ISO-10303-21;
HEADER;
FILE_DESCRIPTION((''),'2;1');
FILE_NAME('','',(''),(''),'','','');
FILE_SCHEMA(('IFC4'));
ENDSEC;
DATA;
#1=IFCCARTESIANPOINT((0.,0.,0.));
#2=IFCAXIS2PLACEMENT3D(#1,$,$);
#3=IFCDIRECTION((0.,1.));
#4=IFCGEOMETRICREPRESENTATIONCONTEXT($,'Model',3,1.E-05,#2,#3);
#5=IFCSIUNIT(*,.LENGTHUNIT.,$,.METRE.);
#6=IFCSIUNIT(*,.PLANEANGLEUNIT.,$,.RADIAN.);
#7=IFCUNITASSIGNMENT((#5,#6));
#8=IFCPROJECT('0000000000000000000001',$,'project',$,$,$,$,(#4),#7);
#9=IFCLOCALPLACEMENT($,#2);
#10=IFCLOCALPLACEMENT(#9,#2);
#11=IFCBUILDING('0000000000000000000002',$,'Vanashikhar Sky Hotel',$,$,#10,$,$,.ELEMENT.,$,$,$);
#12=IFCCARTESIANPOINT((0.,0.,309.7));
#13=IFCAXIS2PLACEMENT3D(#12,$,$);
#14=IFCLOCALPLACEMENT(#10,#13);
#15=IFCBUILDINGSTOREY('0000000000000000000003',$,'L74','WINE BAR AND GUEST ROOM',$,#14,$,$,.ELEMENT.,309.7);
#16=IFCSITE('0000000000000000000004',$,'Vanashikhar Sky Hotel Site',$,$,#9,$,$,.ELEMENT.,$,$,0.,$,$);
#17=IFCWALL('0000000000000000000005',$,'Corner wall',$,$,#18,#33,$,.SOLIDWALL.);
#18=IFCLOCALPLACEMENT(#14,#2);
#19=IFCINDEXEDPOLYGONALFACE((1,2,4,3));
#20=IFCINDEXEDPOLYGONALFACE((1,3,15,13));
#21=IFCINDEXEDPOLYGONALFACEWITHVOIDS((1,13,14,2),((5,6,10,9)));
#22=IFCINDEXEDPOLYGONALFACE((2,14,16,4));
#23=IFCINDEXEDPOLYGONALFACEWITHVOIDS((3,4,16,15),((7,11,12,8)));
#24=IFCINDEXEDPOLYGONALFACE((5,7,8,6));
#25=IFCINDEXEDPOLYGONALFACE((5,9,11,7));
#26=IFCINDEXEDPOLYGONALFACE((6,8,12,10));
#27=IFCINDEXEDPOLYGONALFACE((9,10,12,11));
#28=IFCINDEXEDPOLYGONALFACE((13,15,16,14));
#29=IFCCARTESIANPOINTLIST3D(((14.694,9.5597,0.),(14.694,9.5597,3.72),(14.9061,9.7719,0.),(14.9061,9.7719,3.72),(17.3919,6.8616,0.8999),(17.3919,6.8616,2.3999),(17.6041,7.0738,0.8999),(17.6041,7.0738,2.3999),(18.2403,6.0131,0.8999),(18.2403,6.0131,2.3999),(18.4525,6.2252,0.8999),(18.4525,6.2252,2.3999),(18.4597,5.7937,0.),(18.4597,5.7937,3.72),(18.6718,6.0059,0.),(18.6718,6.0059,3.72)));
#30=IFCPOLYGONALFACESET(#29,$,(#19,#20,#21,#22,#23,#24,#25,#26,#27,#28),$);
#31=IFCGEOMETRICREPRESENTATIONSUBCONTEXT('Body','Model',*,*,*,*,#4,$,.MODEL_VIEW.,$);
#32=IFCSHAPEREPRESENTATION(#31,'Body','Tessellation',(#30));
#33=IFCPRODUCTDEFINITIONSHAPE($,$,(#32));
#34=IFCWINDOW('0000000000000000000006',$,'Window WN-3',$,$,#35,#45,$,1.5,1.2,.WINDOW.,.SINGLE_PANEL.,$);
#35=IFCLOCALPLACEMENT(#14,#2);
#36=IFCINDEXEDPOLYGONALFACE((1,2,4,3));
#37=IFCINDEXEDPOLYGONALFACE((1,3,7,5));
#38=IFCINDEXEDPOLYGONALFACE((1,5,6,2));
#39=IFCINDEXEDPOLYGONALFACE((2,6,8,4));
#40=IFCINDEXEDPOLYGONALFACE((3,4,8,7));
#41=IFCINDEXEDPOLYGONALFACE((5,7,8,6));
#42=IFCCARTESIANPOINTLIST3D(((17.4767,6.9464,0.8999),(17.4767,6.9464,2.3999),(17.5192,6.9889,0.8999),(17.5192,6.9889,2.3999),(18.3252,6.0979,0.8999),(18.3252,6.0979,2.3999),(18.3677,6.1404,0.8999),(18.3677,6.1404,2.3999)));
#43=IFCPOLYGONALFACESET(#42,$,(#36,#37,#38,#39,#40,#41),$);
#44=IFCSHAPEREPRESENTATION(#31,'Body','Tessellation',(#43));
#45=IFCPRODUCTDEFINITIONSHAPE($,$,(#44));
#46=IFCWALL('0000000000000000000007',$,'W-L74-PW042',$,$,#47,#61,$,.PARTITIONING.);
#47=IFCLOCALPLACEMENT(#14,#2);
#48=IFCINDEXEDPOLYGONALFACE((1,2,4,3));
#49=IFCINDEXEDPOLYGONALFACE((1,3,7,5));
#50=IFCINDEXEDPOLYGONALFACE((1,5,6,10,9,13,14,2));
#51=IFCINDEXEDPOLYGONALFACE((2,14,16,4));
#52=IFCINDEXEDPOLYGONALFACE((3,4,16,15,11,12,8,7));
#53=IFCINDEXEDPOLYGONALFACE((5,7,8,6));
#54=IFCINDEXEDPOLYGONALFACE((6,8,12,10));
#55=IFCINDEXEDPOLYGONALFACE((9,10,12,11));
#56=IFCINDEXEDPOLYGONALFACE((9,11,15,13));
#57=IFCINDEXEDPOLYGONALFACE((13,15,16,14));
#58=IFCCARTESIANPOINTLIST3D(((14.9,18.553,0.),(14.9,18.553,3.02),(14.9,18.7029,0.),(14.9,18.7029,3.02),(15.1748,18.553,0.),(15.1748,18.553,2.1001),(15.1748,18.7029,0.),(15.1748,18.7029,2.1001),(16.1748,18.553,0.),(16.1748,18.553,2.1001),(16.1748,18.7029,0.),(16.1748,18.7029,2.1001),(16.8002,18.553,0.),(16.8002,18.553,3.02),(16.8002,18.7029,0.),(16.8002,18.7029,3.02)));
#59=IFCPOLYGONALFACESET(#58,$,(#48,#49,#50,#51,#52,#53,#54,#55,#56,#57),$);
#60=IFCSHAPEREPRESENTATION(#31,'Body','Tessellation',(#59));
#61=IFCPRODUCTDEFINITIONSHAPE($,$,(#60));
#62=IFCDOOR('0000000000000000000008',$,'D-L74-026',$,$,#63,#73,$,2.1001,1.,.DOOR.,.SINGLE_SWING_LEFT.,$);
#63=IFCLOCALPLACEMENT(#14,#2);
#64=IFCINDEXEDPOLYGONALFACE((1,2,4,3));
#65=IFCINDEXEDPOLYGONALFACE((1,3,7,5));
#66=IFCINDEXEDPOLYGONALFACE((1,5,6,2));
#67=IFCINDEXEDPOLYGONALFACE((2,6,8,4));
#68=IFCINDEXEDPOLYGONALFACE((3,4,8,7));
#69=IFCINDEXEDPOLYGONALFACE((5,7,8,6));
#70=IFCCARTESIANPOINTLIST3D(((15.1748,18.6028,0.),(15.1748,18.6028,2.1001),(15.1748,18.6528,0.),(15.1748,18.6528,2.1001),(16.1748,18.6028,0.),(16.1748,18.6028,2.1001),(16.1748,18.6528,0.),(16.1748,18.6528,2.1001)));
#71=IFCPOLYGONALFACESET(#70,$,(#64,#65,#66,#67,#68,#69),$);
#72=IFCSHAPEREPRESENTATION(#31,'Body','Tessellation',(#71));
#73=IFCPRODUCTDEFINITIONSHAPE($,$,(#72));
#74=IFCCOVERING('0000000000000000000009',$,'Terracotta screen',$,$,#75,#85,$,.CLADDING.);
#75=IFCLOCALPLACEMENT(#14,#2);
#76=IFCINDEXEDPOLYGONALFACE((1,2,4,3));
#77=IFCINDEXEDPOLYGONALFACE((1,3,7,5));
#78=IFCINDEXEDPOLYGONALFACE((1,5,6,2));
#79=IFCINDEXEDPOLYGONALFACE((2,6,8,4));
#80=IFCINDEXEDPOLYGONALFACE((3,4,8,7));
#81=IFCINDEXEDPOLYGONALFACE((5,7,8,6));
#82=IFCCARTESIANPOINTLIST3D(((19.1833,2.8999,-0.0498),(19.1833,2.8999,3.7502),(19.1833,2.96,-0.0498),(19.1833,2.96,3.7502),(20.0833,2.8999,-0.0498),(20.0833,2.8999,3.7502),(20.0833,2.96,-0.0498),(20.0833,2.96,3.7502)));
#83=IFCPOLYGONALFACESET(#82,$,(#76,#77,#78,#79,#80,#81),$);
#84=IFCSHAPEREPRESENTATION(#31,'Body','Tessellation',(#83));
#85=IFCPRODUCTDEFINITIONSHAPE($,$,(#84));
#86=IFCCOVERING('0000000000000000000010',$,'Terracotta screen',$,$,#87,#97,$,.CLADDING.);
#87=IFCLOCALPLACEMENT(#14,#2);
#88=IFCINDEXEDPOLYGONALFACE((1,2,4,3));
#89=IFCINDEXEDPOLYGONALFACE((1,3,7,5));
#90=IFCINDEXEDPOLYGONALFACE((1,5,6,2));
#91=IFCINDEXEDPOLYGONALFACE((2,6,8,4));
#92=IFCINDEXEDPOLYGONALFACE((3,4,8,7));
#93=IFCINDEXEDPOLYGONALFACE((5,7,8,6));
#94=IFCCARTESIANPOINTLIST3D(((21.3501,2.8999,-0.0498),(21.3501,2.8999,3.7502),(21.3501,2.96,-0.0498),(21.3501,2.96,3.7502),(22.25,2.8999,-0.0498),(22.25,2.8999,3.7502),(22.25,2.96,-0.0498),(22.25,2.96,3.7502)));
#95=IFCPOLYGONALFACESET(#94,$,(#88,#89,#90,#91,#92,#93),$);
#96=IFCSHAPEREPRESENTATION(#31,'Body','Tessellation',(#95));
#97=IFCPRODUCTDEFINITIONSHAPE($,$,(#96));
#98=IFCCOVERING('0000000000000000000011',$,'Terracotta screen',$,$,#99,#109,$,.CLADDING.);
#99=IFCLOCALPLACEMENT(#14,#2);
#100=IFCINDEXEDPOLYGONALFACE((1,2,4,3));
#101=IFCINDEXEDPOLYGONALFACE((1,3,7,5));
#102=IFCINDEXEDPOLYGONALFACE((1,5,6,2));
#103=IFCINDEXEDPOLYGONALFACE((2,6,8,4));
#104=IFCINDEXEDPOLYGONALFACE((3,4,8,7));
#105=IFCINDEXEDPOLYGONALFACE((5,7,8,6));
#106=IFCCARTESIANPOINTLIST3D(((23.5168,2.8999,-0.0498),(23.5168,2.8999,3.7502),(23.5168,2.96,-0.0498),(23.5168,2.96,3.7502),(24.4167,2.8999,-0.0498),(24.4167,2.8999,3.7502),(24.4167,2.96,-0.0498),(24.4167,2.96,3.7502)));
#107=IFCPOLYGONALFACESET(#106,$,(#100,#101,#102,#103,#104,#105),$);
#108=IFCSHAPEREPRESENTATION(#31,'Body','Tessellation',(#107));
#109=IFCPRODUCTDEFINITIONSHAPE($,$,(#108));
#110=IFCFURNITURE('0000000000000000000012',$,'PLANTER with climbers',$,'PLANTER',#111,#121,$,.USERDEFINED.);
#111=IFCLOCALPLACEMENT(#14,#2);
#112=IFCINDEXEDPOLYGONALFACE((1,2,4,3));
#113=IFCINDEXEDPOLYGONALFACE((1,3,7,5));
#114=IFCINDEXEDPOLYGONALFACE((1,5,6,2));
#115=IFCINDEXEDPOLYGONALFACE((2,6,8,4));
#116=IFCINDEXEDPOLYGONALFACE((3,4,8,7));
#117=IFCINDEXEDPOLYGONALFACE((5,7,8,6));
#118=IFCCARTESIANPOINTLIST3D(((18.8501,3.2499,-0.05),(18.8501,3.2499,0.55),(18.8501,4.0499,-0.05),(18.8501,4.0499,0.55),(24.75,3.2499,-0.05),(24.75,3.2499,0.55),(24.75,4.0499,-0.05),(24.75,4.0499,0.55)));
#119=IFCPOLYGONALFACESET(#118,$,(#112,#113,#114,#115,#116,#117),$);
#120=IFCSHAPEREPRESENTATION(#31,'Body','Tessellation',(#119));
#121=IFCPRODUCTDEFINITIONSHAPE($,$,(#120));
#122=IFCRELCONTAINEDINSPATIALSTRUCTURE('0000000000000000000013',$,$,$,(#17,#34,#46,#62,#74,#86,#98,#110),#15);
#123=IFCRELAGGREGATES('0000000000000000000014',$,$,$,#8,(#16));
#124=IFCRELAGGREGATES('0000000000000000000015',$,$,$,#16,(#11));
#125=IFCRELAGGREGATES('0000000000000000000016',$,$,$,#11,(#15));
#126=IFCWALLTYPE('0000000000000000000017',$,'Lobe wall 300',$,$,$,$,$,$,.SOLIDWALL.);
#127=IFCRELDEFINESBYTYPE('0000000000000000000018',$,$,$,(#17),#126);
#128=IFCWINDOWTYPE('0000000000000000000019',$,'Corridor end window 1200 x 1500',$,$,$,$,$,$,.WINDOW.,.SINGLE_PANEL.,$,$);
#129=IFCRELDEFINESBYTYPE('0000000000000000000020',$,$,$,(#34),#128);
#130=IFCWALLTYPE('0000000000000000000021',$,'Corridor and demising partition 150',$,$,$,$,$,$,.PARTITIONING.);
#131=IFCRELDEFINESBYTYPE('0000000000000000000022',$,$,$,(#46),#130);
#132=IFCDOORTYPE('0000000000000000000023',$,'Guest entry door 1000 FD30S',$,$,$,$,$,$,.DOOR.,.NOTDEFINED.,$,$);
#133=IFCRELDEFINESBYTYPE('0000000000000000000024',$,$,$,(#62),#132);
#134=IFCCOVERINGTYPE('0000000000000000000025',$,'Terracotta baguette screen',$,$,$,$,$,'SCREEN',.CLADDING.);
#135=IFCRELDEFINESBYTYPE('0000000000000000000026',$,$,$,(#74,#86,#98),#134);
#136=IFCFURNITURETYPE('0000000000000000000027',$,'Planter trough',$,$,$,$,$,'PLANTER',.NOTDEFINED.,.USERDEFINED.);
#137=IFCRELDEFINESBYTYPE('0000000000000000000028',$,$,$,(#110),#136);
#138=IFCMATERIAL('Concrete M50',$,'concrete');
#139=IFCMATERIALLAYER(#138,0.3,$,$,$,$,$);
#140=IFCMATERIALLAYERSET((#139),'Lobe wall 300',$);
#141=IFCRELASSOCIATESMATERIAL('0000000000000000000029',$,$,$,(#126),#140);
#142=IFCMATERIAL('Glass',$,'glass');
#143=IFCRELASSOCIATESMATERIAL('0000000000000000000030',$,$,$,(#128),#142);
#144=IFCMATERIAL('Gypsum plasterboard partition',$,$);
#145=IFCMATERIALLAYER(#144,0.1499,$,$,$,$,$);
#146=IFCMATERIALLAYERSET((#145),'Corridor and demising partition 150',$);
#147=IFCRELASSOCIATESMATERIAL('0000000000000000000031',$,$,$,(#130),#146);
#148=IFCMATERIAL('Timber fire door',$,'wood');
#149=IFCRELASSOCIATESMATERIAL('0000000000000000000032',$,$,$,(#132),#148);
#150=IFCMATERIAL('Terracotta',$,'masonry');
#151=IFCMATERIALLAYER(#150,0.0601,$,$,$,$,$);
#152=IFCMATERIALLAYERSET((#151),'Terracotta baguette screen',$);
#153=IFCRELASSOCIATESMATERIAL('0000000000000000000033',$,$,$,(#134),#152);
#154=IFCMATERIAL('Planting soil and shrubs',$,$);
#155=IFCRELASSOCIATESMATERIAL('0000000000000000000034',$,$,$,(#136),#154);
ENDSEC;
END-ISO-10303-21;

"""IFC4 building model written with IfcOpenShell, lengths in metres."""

from ifc_helpers import new_model, si_unit, direction, frame, frame_2d, origin, origin_2d, place, context, subcontext, project, spatial, rectangle, extrude, source, transform, mapped, material, layer, layer_set, type_object, element, fill, save


model = new_model("IFC4")

# Units and contexts
model_context = context("Model", 3, precision=1e-05, world=origin(), true_north=direction((0.0, 1.0)))
body_context = subcontext(model_context, "Body", "Model", "MODEL_VIEW")
ifc_project = project(units=[si_unit("LENGTHUNIT", "METRE"), si_unit("PLANEANGLEUNIT", "RADIAN")], contexts=[model_context])

# Site, building, storey
site_placement = place(None, origin())
site = spatial("IfcSite", under=ifc_project, at=site_placement, Name="Vanashikhar Sky Hotel Site", CompositionType="ELEMENT", RefElevation=0.0)
building_placement = place(site_placement, origin())
building = spatial("IfcBuilding", under=site, at=building_placement, Name="Vanashikhar Sky Hotel", CompositionType="ELEMENT")
storey_placement = place(building_placement, frame((0.0, 0.0, 309.7)))
storey = spatial("IfcBuildingStorey", under=building, at=storey_placement, Name="L74", Description="WINE BAR AND GUEST ROOM", CompositionType="ELEMENT", Elevation=309.7)

# Shared definitions
ifc_material_1 = material(Name="Concrete M50", Category="concrete")

# Shared definitions
ifc_material_2 = material(Name="Glass", Category="glass")

# Wall, opening, window
ifc_layer_1 = layer(ifc_material_1, 0.3)
ifc_layer_set_1 = layer_set([ifc_layer_1], Name="Lobe wall 300")
wall_type_1 = type_object("IfcWallType", Name="Lobe wall 300", PredefinedType="SOLIDWALL", material=ifc_layer_set_1)
shared_shape_1 = source(origin(), body_context, "Body", "SweptSolid", [
    extrude(rectangle(XDim=5.3257, YDim=0.3, at=frame_2d((2.6628, 0.0))), origin(), (0.0, 0.0, 1.0), 3.72),
])
wall_1_placement = place(storey_placement, frame((14.8, 9.6658, 0.0), z_axis=(0.0, 0.0, 1.0), x_axis=(0.707084, -0.70713, 0.0)))
wall_1 = element("IfcWall", 1, at=wall_1_placement, inside=storey, type_object=wall_type_1, Name="Corner wall", PredefinedType="SOLIDWALL", context=body_context, shape_type="MappedRepresentation", body=[
    mapped(shared_shape_1, transform((0.0, 0.0, 0.0), scale=1.0)),
])
shared_shape_2 = source(origin(), body_context, "Body", "SweptSolid", [
    extrude(rectangle(XDim=1.2, YDim=1.5, at=frame_2d((0.6001, 0.75))), frame((0.0, 0.1602, 0.0), z_axis=(0.0, -1.0, 0.0), x_axis=(1.0, 0.0, 0.0)), (0.0, 0.0, 1.0), 0.3201),
])
opening_1_placement = place(wall_1_placement, frame((3.8154, 0.0, 0.8999)))
opening_1 = element("IfcOpeningElement", 2, at=opening_1_placement, cuts=wall_1, PredefinedType="OPENING", context=body_context, shape_type="MappedRepresentation", body=[
    mapped(shared_shape_2, transform((0.0, 0.0, 0.0), scale=1.0)),
])
window_type_1 = type_object("IfcWindowType", Name="Corridor end window 1200 x 1500", PartitioningType="SINGLE_PANEL", PredefinedType="WINDOW", material=ifc_material_2)
shared_shape_3 = source(origin(), body_context, "Body", "SweptSolid", [
    extrude(rectangle(XDim=1.2, YDim=1.5, at=frame_2d((0.6001, 0.75))), frame((0.0, 0.03, 0.0), z_axis=(0.0, -1.0, 0.0), x_axis=(1.0, 0.0, 0.0)), (0.0, 0.0, 1.0), 0.0601),
])
window_1_placement = place(opening_1_placement, origin())
window_1 = element("IfcWindow", 3, at=window_1_placement, inside=storey, type_object=window_type_1, Name="Window WN-3", OverallHeight=1.5, OverallWidth=1.2, PartitioningType="SINGLE_PANEL", PredefinedType="WINDOW", context=body_context, shape_type="MappedRepresentation", body=[
    mapped(shared_shape_3, transform((0.0, 0.0, 0.0), scale=1.0)),
])
fill(opening_1, window_1)

# Wall, opening, door
ifc_material_3 = material(Name="Gypsum plasterboard partition")
ifc_layer_2 = layer(ifc_material_3, 0.1499)
ifc_layer_set_2 = layer_set([ifc_layer_2], Name="Corridor and demising partition 150")
wall_type_2 = type_object("IfcWallType", Name="Corridor and demising partition 150", PredefinedType="PARTITIONING", material=ifc_layer_set_2)
shared_shape_4 = source(origin(), body_context, "Body", "SweptSolid", [
    extrude(rectangle(XDim=1.9001, YDim=0.1499, at=frame_2d((0.9502, 0.0))), origin(), (0.0, 0.0, 1.0), 3.02),
])
wall_2_placement = place(storey_placement, frame((14.8999, 18.6279, 0.0), z_axis=(0.0, 0.0, 1.0), x_axis=(1.0, 0.0, 0.0)))
wall_2 = element("IfcWall", 4, at=wall_2_placement, inside=storey, type_object=wall_type_2, Name="W-L74-PW042", PredefinedType="PARTITIONING", context=body_context, shape_type="MappedRepresentation", body=[
    mapped(shared_shape_4, transform((0.0, 0.0, 0.0), scale=1.0)),
])
shared_shape_5 = source(origin(), body_context, "Body", "SweptSolid", [
    extrude(rectangle(XDim=1.0, YDim=2.1001, at=frame_2d((0.5, 1.05))), frame((0.0, 0.085, 0.0), z_axis=(0.0, -1.0, 0.0), x_axis=(1.0, 0.0, 0.0)), (0.0, 0.0, 1.0), 0.1699),
])
opening_2_placement = place(wall_2_placement, frame((0.2749, 0.0, 0.0)))
opening_2 = element("IfcOpeningElement", 5, at=opening_2_placement, cuts=wall_2, PredefinedType="OPENING", context=body_context, shape_type="MappedRepresentation", body=[
    mapped(shared_shape_5, transform((0.0, 0.0, 0.0), scale=1.0)),
])
ifc_material_4 = material(Name="Timber fire door", Category="wood")
door_type_1 = type_object("IfcDoorType", Name="Guest entry door 1000 FD30S", OperationType="NOTDEFINED", PredefinedType="DOOR", material=ifc_material_4)
shared_shape_6 = source(origin(), body_context, "Body", "SweptSolid", [
    extrude(rectangle(XDim=1.0, YDim=2.1001, at=frame_2d((0.5, 1.05))), frame((0.0, 0.0249, 0.0), z_axis=(0.0, -1.0, 0.0), x_axis=(1.0, 0.0, 0.0)), (0.0, 0.0, 1.0), 0.05),
])
door_1_placement = place(opening_2_placement, origin())
door_1 = element("IfcDoor", 6, at=door_1_placement, inside=storey, type_object=door_type_1, Name="D-L74-026", OperationType="SINGLE_SWING_LEFT", OverallHeight=2.1001, OverallWidth=1.0, PredefinedType="DOOR", context=body_context, shape_type="MappedRepresentation", body=[
    mapped(shared_shape_6, transform((0.0, 0.0, 0.0), scale=1.0)),
])
fill(opening_2, door_1)

# Coverings
ifc_material_5 = material(Name="Terracotta", Category="masonry")
ifc_layer_3 = layer(ifc_material_5, 0.0601)
ifc_layer_set_3 = layer_set([ifc_layer_3], Name="Terracotta baguette screen")
covering_type = type_object("IfcCoveringType", Name="Terracotta baguette screen", ElementType="SCREEN", PredefinedType="CLADDING", material=ifc_layer_set_3)
shared_shape_7 = source(origin(), body_context, "Body", "SweptSolid", [
    extrude(rectangle(XDim=0.8999, YDim=0.0601, at=origin_2d()), origin(), (0.0, 0.0, 1.0), 3.8),
])
for number, where, z_axis, x_axis, name in (
    (7, (19.6333, 2.9299, -0.0498), (0.0, 0.0, 1.0), (1.0, 0.0, 0.0), "Terracotta screen"),
    (8, (21.8, 2.9299, -0.0498), (0.0, 0.0, 1.0), (1.0, 0.0, 0.0), "Terracotta screen"),
    (9, (23.9668, 2.9299, -0.0498), (0.0, 0.0, 1.0), (1.0, 0.0, 0.0), "Terracotta screen"),
):
    element("IfcCovering", number, at=place(storey_placement, frame(where, z_axis=z_axis, x_axis=x_axis)), inside=storey, type_object=covering_type, Name=name, PredefinedType="CLADDING", context=body_context, shape_type="MappedRepresentation", body=[
        mapped(shared_shape_7, transform((0.0, 0.0, 0.0), scale=1.0)),
    ])

# Furniture
ifc_material_6 = material(Name="Planting soil and shrubs")
furniture_type = type_object("IfcFurnitureType", Name="Planter trough", ElementType="PLANTER", AssemblyPlace="NOTDEFINED", PredefinedType="USERDEFINED", material=ifc_material_6)
shared_shape_8 = source(origin(), body_context, "Body", "SweptSolid", [
    extrude(rectangle(XDim=5.8999, YDim=0.8, at=origin_2d()), origin(), (0.0, 0.0, 1.0), 0.6001),
])
furniture_placement = place(storey_placement, frame((21.8, 3.6499, -0.05), z_axis=(0.0, 0.0, 1.0), x_axis=(1.0, 0.0, 0.0)))
element("IfcFurniture", 10, at=furniture_placement, inside=storey, type_object=furniture_type, Name="PLANTER with climbers", ObjectType="PLANTER", PredefinedType="USERDEFINED", context=body_context, shape_type="MappedRepresentation", body=[
    mapped(shared_shape_8, transform((0.0, 0.0, 0.0), scale=1.0)),
])

save(model, "model.ifc")
